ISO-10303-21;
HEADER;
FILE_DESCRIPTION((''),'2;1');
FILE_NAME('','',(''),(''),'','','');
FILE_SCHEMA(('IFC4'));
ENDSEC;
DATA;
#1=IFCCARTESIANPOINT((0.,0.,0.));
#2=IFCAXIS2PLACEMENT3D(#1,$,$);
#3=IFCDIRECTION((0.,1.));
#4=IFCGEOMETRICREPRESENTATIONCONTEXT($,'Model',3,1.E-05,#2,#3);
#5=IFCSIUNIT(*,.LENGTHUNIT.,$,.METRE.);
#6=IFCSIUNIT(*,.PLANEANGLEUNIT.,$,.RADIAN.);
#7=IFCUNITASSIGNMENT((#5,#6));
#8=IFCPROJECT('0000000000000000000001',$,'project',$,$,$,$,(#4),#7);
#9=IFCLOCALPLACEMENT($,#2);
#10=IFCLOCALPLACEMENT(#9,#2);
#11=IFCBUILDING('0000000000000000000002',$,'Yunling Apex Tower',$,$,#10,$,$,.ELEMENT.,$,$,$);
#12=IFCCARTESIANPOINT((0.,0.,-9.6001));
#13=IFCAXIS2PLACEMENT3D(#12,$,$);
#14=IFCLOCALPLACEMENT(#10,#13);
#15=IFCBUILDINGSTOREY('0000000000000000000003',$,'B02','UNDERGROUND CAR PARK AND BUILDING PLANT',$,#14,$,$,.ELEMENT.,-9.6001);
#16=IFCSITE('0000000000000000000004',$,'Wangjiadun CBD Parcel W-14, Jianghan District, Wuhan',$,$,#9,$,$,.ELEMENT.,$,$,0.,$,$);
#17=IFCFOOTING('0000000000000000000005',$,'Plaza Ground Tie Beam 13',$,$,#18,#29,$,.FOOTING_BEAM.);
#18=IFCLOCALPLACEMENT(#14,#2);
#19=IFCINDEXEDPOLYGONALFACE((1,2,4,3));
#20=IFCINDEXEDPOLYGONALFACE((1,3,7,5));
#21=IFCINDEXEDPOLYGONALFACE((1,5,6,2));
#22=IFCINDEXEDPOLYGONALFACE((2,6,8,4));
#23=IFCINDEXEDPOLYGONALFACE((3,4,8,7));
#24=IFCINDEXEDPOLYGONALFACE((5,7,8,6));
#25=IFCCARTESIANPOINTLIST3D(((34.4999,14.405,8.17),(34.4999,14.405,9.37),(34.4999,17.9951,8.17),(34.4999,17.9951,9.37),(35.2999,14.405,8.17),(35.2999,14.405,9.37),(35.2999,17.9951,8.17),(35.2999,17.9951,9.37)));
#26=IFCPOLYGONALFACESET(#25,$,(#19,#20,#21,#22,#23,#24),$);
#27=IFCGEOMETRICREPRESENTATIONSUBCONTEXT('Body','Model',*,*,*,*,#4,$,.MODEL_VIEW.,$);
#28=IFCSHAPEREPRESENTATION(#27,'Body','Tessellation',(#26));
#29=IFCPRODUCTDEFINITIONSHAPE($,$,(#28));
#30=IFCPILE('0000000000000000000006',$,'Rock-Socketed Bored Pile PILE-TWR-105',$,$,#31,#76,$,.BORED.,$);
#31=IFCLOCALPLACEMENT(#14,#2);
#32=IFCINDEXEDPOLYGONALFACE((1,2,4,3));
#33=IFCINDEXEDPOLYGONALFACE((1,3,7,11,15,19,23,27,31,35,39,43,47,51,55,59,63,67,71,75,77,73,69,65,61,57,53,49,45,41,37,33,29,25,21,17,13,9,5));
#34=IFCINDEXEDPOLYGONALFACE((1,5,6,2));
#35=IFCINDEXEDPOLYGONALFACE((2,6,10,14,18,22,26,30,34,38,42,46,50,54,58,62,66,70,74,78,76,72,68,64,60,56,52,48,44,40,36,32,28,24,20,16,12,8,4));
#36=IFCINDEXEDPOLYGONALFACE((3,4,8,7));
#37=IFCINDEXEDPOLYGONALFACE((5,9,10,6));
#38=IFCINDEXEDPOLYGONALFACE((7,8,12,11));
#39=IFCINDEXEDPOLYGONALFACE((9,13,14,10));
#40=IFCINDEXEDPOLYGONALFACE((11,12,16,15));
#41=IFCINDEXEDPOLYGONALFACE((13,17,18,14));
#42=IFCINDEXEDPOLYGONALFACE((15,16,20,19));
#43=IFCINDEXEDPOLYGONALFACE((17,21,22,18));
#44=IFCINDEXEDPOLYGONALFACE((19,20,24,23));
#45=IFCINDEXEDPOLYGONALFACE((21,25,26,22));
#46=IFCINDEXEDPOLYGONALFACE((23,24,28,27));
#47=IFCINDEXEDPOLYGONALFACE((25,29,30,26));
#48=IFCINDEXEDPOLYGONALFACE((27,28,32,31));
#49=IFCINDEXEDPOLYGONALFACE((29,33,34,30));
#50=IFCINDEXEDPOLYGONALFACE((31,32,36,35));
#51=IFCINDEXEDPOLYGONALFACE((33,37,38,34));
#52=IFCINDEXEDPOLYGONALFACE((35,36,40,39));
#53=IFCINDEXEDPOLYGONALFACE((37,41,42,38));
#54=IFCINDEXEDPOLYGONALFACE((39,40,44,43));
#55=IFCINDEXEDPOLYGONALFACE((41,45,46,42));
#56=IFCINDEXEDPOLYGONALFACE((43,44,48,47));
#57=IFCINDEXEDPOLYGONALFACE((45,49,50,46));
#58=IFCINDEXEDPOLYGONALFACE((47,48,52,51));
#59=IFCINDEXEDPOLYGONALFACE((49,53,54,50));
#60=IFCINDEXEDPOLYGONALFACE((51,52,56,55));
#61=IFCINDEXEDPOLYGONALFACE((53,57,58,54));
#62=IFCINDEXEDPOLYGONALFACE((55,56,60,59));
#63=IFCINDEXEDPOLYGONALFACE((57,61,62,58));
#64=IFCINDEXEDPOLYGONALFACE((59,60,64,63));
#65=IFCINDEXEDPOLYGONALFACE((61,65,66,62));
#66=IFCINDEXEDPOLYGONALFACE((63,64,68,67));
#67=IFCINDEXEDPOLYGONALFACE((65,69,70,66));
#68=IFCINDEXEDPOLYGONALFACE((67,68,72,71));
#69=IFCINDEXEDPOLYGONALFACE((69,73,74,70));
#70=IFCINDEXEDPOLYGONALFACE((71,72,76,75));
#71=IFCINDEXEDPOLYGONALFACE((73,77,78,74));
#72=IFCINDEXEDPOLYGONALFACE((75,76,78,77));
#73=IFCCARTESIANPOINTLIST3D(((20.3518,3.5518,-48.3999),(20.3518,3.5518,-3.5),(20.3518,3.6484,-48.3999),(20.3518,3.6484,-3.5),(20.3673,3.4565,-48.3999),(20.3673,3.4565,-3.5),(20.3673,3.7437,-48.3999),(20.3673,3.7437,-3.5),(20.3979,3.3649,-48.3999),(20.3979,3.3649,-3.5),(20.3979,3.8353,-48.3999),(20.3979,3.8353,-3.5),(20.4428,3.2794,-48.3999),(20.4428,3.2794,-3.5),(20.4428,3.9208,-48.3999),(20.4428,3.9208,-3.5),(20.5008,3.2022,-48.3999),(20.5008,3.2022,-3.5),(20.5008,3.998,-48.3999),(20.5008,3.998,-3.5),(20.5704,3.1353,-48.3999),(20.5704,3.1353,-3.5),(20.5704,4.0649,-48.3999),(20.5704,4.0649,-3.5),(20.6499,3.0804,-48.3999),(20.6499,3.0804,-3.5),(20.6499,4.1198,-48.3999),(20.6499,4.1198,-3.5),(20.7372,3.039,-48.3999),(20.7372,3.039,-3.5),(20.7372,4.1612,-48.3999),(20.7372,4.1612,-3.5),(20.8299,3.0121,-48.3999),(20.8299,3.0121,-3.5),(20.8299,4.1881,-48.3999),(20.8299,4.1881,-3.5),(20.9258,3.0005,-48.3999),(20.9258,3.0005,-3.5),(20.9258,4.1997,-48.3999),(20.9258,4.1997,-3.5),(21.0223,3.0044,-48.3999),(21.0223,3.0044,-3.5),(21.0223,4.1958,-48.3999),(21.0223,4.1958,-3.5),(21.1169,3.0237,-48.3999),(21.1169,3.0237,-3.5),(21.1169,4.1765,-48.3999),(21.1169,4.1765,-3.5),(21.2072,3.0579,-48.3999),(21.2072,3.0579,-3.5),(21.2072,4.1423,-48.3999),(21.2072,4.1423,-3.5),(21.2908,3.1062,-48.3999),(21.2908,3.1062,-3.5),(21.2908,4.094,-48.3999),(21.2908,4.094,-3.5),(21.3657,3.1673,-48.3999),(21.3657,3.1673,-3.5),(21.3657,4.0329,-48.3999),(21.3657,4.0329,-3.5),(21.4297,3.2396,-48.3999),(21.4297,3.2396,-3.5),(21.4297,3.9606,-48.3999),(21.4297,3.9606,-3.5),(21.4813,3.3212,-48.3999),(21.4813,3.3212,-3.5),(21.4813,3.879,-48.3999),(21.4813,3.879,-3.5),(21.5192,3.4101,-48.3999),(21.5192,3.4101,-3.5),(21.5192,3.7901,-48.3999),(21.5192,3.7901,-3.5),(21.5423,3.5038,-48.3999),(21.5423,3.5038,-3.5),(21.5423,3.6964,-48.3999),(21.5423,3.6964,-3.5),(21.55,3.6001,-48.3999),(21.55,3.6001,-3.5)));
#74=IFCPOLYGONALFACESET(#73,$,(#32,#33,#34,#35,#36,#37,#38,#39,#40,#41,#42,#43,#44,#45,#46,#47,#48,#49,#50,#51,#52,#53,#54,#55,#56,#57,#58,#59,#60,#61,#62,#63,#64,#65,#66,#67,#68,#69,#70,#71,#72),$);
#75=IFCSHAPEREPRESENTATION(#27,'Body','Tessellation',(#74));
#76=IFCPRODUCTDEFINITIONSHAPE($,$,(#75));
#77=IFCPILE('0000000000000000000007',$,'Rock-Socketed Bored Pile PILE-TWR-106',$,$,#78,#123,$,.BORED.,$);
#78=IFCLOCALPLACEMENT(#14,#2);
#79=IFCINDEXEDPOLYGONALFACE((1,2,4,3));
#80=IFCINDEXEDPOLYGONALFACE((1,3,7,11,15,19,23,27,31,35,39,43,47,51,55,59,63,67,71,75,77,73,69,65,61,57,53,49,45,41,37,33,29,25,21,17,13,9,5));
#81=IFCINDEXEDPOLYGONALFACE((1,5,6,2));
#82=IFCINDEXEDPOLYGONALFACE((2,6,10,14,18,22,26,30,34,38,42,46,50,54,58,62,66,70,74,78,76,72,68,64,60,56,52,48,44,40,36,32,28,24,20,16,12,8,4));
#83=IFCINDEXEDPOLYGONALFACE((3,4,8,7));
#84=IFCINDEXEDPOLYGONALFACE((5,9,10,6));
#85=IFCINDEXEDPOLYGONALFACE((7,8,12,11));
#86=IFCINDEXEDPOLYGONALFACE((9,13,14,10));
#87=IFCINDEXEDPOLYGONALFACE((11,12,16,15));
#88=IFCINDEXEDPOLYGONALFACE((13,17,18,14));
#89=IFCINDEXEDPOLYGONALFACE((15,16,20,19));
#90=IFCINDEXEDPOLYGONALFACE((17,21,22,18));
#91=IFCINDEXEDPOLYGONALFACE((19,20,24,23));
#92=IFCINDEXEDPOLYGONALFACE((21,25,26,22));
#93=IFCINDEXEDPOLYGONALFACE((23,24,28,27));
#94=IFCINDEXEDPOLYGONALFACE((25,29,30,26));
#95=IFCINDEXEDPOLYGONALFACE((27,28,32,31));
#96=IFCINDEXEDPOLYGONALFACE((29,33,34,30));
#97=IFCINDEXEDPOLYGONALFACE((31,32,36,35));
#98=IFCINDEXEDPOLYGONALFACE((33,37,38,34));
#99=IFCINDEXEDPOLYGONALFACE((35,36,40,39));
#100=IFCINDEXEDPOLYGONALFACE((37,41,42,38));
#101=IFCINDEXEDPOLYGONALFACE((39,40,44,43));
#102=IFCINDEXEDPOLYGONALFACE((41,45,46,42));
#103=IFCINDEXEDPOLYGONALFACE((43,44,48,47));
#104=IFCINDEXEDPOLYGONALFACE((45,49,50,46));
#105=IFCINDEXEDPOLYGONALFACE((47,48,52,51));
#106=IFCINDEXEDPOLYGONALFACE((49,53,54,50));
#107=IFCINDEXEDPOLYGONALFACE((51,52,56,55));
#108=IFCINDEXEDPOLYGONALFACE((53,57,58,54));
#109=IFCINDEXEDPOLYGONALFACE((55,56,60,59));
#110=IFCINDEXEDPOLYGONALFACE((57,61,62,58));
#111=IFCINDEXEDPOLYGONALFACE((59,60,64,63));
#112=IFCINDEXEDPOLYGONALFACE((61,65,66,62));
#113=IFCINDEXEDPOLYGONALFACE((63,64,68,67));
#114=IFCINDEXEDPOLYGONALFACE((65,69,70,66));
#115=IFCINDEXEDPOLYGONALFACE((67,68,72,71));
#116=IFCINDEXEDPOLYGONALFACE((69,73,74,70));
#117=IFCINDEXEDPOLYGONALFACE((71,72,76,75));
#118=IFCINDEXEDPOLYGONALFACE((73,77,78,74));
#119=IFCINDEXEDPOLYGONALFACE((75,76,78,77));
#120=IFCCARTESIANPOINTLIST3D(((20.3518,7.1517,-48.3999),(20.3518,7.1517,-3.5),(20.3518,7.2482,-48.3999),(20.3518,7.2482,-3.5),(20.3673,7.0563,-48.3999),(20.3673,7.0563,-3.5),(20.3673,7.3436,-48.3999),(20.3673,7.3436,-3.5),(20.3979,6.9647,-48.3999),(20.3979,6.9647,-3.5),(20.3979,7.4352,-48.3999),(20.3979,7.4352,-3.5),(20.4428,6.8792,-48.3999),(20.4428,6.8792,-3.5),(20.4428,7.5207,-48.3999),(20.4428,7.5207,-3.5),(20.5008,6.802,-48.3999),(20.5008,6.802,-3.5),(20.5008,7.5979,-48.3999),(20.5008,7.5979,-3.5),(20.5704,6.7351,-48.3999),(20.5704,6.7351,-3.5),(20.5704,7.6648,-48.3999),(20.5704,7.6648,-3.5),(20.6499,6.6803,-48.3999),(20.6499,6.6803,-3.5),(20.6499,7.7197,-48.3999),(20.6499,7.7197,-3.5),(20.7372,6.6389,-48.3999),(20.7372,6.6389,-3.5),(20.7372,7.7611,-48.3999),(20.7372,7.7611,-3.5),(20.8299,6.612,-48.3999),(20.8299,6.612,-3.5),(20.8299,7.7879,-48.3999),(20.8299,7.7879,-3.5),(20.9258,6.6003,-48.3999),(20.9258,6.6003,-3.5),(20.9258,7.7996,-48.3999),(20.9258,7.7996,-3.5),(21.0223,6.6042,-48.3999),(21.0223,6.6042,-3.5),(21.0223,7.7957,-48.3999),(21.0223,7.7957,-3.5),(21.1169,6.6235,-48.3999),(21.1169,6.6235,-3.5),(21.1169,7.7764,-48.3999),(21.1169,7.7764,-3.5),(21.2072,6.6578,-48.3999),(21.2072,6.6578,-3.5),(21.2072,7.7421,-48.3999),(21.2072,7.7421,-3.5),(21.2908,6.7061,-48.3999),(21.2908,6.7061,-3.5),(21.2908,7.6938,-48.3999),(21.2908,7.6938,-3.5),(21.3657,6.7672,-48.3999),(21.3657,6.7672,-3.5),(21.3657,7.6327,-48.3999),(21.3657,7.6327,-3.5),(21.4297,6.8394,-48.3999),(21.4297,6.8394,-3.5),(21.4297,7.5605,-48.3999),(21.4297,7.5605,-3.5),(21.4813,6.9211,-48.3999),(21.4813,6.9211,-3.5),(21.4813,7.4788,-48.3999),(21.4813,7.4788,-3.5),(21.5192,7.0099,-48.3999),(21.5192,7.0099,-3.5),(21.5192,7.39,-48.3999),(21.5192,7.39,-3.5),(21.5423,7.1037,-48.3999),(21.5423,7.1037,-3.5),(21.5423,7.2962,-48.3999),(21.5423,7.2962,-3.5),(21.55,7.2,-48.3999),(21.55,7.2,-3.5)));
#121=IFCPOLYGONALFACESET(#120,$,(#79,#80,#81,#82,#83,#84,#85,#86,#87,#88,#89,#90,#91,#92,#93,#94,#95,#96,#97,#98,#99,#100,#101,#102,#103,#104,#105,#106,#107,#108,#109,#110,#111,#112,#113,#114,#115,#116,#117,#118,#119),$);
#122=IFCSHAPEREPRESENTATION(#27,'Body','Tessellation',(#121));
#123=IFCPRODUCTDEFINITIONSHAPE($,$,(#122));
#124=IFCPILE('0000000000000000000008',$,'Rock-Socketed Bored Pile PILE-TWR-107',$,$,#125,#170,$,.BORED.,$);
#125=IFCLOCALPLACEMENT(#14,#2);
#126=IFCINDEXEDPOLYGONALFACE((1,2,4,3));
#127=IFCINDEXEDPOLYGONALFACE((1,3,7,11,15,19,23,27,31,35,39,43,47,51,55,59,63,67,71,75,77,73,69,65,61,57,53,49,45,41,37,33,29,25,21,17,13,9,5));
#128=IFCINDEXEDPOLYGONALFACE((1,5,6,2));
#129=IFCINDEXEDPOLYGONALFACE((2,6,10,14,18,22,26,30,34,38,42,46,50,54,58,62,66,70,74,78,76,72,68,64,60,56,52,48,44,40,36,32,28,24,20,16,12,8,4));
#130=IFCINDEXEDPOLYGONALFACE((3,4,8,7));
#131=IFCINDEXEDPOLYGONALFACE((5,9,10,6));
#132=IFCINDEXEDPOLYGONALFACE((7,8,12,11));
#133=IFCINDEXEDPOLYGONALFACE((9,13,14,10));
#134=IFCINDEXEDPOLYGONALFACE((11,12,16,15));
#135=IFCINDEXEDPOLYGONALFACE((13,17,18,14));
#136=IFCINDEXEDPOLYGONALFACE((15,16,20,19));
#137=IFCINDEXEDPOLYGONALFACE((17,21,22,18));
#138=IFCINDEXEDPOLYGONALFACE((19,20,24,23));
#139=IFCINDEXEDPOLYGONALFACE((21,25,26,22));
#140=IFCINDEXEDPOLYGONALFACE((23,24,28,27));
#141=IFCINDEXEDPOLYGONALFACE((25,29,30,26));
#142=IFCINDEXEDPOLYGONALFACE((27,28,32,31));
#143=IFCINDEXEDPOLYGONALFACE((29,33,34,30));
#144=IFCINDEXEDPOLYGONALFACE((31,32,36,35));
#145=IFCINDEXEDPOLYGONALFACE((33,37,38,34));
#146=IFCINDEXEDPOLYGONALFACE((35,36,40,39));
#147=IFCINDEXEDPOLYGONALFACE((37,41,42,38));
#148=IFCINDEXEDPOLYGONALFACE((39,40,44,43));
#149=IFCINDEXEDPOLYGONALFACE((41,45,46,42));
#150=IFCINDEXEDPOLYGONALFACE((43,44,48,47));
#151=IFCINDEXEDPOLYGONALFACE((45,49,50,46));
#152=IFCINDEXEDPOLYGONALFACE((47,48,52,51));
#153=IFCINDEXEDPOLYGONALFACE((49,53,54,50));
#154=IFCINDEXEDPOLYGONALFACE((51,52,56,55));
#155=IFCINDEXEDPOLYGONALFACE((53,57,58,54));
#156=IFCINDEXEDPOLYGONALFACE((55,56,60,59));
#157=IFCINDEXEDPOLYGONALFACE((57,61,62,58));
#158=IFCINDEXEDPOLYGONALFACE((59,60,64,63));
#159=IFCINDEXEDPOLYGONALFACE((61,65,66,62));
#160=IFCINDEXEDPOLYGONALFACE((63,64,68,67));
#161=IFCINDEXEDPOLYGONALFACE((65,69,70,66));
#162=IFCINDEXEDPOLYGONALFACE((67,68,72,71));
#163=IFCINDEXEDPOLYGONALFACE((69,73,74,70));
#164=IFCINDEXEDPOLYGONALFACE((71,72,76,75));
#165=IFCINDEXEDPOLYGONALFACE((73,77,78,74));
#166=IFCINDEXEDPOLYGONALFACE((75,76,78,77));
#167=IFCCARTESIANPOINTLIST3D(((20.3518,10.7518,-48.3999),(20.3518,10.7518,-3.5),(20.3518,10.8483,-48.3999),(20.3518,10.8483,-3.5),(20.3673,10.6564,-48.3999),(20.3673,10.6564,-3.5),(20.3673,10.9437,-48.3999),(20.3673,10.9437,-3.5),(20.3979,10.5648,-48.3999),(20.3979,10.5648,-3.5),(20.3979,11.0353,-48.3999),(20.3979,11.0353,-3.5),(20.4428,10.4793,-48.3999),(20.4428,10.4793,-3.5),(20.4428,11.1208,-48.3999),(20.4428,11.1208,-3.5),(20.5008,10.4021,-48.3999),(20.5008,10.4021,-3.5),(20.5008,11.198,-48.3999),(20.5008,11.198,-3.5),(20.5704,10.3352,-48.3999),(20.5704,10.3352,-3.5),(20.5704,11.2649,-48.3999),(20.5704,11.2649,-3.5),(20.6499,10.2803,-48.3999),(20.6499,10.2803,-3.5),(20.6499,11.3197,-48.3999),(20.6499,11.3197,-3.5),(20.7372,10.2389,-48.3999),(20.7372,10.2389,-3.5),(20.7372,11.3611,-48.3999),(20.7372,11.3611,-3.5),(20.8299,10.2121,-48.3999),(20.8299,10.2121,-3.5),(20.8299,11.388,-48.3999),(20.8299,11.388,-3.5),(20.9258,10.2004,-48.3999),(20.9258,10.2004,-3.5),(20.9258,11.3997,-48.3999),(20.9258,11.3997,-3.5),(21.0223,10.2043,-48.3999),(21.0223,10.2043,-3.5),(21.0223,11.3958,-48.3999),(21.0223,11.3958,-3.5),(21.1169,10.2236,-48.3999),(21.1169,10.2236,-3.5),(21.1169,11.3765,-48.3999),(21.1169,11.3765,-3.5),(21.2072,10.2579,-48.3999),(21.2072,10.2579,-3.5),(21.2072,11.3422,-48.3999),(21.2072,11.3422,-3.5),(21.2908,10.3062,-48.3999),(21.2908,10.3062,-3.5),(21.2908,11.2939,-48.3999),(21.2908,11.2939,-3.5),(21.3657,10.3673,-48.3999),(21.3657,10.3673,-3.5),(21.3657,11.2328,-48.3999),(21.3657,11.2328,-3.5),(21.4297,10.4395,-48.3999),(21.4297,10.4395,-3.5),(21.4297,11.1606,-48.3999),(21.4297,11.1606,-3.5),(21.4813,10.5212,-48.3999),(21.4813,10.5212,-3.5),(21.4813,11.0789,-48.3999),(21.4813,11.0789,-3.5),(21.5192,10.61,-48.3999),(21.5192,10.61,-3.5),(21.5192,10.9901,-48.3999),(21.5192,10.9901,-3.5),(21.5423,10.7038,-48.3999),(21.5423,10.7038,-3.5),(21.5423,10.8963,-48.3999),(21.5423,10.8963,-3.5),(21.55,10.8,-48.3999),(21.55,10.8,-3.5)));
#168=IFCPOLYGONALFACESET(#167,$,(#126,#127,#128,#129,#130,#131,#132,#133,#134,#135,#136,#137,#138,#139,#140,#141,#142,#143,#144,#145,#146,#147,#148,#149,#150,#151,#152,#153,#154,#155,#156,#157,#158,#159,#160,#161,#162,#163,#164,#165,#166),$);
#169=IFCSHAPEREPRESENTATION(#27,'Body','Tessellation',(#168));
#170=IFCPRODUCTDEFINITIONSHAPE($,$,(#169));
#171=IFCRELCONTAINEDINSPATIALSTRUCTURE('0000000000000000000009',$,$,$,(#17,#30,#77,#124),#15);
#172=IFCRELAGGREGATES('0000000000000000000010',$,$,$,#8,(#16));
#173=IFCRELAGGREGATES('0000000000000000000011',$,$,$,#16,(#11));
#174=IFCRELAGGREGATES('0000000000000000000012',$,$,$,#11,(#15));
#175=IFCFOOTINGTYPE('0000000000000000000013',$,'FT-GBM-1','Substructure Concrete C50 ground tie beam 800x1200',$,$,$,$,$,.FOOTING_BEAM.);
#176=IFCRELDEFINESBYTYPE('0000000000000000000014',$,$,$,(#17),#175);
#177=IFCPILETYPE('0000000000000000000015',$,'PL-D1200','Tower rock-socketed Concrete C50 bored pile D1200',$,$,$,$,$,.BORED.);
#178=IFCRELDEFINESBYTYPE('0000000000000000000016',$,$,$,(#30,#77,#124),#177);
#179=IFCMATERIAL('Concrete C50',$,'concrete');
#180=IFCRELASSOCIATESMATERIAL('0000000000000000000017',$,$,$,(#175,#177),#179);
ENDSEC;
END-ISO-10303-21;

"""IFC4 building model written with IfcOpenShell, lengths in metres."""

from ifc_helpers import new_model, si_unit, direction, frame, origin, origin_2d, place, context, subcontext, project, spatial, rectangle, circle, extrude, source, transform, mapped, material, material_profile, profile_set, type_object, element, save


model = new_model("IFC4")

# Units and contexts
model_context = context("Model", 3, precision=1e-05, world=origin(), true_north=direction((0.0, 1.0)))
body_context = subcontext(model_context, "Body", "Model", "MODEL_VIEW")
ifc_project = project(units=[si_unit("LENGTHUNIT", "METRE"), si_unit("PLANEANGLEUNIT", "RADIAN")], contexts=[model_context])

# Site, building, storey
site_placement = place(None, origin())
site = spatial("IfcSite", under=ifc_project, at=site_placement, Name="Wangjiadun CBD Parcel W-14, Jianghan District, Wuhan", CompositionType="ELEMENT", RefElevation=0.0)
building_placement = place(site_placement, origin())
building = spatial("IfcBuilding", under=site, at=building_placement, Name="Yunling Apex Tower", CompositionType="ELEMENT")
storey_placement = place(building_placement, frame((0.0, 0.0, -9.6001)))
storey = spatial("IfcBuildingStorey", under=building, at=storey_placement, Name="B02", Description="UNDERGROUND CAR PARK AND BUILDING PLANT", CompositionType="ELEMENT", Elevation=-9.6001)

# Footing
ifc_material_1 = material(Name="Concrete C50", Category="concrete")
ifc_material_profile_1 = material_profile(ifc_material_1, rectangle(XDim=0.8, YDim=1.2, at=origin_2d()))
ifc_profile_set_1 = profile_set([ifc_material_profile_1], Name="Concrete C50")
footing_type_1 = type_object("IfcFootingType", Name="FT-GBM-1", Description="Substructure Concrete C50 ground tie beam 800x1200", PredefinedType="FOOTING_BEAM", material=ifc_profile_set_1)
shared_shape_1 = source(origin(), body_context, "Body", "SweptSolid", [
    extrude(rectangle(XDim=0.8, YDim=1.2, at=origin_2d()), origin(), (0.0, 0.0, 1.0), 3.5901),
])
footing_1_placement = place(storey_placement, frame((34.8999, 14.405, 8.77), z_axis=(0.0, 1.0, 0.0), x_axis=(-1.0, 0.0, 0.0)))
element("IfcFooting", 1, at=footing_1_placement, inside=storey, type_object=footing_type_1, Name="Plaza Ground Tie Beam 13", PredefinedType="FOOTING_BEAM", context=body_context, shape_type="MappedRepresentation", body=[
    mapped(shared_shape_1, transform((0.0, 0.0, 0.0), scale=1.0)),
])

# Piles
ifc_material_profile_2 = material_profile(ifc_material_1, circle(Radius=0.6001, at=origin_2d()))
ifc_profile_set_2 = profile_set([ifc_material_profile_2], Name="Concrete C50")
pile_type_1 = type_object("IfcPileType", Name="PL-D1200", Description="Tower rock-socketed Concrete C50 bored pile D1200", PredefinedType="BORED", material=ifc_profile_set_2)
shared_shape_2 = source(origin(), body_context, "Body", "SweptSolid", [
    extrude(circle(Radius=0.6001, at=origin_2d()), origin(), (0.0, 0.0, 1.0), 44.8999),
])
for number, where, z_axis, x_axis, name in (
    (2, (20.95, 3.6001, -3.5), (0.0, 0.0, -1.0), (1.0, 0.0, 0.0), "Rock-Socketed Bored Pile PILE-TWR-105"),
    (3, (20.95, 7.2, -3.5), (0.0, 0.0, -1.0), (1.0, 0.0, 0.0), "Rock-Socketed Bored Pile PILE-TWR-106"),
    (4, (20.95, 10.8, -3.5), (0.0, 0.0, -1.0), (1.0, 0.0, 0.0), "Rock-Socketed Bored Pile PILE-TWR-107"),
):
    element("IfcPile", number, at=place(storey_placement, frame(where, z_axis=z_axis, x_axis=x_axis)), inside=storey, type_object=pile_type_1, Name=name, PredefinedType="BORED", context=body_context, shape_type="MappedRepresentation", body=[
        mapped(shared_shape_2, transform((0.0, 0.0, 0.0), scale=1.0)),
    ])

save(model, "model.ifc")
